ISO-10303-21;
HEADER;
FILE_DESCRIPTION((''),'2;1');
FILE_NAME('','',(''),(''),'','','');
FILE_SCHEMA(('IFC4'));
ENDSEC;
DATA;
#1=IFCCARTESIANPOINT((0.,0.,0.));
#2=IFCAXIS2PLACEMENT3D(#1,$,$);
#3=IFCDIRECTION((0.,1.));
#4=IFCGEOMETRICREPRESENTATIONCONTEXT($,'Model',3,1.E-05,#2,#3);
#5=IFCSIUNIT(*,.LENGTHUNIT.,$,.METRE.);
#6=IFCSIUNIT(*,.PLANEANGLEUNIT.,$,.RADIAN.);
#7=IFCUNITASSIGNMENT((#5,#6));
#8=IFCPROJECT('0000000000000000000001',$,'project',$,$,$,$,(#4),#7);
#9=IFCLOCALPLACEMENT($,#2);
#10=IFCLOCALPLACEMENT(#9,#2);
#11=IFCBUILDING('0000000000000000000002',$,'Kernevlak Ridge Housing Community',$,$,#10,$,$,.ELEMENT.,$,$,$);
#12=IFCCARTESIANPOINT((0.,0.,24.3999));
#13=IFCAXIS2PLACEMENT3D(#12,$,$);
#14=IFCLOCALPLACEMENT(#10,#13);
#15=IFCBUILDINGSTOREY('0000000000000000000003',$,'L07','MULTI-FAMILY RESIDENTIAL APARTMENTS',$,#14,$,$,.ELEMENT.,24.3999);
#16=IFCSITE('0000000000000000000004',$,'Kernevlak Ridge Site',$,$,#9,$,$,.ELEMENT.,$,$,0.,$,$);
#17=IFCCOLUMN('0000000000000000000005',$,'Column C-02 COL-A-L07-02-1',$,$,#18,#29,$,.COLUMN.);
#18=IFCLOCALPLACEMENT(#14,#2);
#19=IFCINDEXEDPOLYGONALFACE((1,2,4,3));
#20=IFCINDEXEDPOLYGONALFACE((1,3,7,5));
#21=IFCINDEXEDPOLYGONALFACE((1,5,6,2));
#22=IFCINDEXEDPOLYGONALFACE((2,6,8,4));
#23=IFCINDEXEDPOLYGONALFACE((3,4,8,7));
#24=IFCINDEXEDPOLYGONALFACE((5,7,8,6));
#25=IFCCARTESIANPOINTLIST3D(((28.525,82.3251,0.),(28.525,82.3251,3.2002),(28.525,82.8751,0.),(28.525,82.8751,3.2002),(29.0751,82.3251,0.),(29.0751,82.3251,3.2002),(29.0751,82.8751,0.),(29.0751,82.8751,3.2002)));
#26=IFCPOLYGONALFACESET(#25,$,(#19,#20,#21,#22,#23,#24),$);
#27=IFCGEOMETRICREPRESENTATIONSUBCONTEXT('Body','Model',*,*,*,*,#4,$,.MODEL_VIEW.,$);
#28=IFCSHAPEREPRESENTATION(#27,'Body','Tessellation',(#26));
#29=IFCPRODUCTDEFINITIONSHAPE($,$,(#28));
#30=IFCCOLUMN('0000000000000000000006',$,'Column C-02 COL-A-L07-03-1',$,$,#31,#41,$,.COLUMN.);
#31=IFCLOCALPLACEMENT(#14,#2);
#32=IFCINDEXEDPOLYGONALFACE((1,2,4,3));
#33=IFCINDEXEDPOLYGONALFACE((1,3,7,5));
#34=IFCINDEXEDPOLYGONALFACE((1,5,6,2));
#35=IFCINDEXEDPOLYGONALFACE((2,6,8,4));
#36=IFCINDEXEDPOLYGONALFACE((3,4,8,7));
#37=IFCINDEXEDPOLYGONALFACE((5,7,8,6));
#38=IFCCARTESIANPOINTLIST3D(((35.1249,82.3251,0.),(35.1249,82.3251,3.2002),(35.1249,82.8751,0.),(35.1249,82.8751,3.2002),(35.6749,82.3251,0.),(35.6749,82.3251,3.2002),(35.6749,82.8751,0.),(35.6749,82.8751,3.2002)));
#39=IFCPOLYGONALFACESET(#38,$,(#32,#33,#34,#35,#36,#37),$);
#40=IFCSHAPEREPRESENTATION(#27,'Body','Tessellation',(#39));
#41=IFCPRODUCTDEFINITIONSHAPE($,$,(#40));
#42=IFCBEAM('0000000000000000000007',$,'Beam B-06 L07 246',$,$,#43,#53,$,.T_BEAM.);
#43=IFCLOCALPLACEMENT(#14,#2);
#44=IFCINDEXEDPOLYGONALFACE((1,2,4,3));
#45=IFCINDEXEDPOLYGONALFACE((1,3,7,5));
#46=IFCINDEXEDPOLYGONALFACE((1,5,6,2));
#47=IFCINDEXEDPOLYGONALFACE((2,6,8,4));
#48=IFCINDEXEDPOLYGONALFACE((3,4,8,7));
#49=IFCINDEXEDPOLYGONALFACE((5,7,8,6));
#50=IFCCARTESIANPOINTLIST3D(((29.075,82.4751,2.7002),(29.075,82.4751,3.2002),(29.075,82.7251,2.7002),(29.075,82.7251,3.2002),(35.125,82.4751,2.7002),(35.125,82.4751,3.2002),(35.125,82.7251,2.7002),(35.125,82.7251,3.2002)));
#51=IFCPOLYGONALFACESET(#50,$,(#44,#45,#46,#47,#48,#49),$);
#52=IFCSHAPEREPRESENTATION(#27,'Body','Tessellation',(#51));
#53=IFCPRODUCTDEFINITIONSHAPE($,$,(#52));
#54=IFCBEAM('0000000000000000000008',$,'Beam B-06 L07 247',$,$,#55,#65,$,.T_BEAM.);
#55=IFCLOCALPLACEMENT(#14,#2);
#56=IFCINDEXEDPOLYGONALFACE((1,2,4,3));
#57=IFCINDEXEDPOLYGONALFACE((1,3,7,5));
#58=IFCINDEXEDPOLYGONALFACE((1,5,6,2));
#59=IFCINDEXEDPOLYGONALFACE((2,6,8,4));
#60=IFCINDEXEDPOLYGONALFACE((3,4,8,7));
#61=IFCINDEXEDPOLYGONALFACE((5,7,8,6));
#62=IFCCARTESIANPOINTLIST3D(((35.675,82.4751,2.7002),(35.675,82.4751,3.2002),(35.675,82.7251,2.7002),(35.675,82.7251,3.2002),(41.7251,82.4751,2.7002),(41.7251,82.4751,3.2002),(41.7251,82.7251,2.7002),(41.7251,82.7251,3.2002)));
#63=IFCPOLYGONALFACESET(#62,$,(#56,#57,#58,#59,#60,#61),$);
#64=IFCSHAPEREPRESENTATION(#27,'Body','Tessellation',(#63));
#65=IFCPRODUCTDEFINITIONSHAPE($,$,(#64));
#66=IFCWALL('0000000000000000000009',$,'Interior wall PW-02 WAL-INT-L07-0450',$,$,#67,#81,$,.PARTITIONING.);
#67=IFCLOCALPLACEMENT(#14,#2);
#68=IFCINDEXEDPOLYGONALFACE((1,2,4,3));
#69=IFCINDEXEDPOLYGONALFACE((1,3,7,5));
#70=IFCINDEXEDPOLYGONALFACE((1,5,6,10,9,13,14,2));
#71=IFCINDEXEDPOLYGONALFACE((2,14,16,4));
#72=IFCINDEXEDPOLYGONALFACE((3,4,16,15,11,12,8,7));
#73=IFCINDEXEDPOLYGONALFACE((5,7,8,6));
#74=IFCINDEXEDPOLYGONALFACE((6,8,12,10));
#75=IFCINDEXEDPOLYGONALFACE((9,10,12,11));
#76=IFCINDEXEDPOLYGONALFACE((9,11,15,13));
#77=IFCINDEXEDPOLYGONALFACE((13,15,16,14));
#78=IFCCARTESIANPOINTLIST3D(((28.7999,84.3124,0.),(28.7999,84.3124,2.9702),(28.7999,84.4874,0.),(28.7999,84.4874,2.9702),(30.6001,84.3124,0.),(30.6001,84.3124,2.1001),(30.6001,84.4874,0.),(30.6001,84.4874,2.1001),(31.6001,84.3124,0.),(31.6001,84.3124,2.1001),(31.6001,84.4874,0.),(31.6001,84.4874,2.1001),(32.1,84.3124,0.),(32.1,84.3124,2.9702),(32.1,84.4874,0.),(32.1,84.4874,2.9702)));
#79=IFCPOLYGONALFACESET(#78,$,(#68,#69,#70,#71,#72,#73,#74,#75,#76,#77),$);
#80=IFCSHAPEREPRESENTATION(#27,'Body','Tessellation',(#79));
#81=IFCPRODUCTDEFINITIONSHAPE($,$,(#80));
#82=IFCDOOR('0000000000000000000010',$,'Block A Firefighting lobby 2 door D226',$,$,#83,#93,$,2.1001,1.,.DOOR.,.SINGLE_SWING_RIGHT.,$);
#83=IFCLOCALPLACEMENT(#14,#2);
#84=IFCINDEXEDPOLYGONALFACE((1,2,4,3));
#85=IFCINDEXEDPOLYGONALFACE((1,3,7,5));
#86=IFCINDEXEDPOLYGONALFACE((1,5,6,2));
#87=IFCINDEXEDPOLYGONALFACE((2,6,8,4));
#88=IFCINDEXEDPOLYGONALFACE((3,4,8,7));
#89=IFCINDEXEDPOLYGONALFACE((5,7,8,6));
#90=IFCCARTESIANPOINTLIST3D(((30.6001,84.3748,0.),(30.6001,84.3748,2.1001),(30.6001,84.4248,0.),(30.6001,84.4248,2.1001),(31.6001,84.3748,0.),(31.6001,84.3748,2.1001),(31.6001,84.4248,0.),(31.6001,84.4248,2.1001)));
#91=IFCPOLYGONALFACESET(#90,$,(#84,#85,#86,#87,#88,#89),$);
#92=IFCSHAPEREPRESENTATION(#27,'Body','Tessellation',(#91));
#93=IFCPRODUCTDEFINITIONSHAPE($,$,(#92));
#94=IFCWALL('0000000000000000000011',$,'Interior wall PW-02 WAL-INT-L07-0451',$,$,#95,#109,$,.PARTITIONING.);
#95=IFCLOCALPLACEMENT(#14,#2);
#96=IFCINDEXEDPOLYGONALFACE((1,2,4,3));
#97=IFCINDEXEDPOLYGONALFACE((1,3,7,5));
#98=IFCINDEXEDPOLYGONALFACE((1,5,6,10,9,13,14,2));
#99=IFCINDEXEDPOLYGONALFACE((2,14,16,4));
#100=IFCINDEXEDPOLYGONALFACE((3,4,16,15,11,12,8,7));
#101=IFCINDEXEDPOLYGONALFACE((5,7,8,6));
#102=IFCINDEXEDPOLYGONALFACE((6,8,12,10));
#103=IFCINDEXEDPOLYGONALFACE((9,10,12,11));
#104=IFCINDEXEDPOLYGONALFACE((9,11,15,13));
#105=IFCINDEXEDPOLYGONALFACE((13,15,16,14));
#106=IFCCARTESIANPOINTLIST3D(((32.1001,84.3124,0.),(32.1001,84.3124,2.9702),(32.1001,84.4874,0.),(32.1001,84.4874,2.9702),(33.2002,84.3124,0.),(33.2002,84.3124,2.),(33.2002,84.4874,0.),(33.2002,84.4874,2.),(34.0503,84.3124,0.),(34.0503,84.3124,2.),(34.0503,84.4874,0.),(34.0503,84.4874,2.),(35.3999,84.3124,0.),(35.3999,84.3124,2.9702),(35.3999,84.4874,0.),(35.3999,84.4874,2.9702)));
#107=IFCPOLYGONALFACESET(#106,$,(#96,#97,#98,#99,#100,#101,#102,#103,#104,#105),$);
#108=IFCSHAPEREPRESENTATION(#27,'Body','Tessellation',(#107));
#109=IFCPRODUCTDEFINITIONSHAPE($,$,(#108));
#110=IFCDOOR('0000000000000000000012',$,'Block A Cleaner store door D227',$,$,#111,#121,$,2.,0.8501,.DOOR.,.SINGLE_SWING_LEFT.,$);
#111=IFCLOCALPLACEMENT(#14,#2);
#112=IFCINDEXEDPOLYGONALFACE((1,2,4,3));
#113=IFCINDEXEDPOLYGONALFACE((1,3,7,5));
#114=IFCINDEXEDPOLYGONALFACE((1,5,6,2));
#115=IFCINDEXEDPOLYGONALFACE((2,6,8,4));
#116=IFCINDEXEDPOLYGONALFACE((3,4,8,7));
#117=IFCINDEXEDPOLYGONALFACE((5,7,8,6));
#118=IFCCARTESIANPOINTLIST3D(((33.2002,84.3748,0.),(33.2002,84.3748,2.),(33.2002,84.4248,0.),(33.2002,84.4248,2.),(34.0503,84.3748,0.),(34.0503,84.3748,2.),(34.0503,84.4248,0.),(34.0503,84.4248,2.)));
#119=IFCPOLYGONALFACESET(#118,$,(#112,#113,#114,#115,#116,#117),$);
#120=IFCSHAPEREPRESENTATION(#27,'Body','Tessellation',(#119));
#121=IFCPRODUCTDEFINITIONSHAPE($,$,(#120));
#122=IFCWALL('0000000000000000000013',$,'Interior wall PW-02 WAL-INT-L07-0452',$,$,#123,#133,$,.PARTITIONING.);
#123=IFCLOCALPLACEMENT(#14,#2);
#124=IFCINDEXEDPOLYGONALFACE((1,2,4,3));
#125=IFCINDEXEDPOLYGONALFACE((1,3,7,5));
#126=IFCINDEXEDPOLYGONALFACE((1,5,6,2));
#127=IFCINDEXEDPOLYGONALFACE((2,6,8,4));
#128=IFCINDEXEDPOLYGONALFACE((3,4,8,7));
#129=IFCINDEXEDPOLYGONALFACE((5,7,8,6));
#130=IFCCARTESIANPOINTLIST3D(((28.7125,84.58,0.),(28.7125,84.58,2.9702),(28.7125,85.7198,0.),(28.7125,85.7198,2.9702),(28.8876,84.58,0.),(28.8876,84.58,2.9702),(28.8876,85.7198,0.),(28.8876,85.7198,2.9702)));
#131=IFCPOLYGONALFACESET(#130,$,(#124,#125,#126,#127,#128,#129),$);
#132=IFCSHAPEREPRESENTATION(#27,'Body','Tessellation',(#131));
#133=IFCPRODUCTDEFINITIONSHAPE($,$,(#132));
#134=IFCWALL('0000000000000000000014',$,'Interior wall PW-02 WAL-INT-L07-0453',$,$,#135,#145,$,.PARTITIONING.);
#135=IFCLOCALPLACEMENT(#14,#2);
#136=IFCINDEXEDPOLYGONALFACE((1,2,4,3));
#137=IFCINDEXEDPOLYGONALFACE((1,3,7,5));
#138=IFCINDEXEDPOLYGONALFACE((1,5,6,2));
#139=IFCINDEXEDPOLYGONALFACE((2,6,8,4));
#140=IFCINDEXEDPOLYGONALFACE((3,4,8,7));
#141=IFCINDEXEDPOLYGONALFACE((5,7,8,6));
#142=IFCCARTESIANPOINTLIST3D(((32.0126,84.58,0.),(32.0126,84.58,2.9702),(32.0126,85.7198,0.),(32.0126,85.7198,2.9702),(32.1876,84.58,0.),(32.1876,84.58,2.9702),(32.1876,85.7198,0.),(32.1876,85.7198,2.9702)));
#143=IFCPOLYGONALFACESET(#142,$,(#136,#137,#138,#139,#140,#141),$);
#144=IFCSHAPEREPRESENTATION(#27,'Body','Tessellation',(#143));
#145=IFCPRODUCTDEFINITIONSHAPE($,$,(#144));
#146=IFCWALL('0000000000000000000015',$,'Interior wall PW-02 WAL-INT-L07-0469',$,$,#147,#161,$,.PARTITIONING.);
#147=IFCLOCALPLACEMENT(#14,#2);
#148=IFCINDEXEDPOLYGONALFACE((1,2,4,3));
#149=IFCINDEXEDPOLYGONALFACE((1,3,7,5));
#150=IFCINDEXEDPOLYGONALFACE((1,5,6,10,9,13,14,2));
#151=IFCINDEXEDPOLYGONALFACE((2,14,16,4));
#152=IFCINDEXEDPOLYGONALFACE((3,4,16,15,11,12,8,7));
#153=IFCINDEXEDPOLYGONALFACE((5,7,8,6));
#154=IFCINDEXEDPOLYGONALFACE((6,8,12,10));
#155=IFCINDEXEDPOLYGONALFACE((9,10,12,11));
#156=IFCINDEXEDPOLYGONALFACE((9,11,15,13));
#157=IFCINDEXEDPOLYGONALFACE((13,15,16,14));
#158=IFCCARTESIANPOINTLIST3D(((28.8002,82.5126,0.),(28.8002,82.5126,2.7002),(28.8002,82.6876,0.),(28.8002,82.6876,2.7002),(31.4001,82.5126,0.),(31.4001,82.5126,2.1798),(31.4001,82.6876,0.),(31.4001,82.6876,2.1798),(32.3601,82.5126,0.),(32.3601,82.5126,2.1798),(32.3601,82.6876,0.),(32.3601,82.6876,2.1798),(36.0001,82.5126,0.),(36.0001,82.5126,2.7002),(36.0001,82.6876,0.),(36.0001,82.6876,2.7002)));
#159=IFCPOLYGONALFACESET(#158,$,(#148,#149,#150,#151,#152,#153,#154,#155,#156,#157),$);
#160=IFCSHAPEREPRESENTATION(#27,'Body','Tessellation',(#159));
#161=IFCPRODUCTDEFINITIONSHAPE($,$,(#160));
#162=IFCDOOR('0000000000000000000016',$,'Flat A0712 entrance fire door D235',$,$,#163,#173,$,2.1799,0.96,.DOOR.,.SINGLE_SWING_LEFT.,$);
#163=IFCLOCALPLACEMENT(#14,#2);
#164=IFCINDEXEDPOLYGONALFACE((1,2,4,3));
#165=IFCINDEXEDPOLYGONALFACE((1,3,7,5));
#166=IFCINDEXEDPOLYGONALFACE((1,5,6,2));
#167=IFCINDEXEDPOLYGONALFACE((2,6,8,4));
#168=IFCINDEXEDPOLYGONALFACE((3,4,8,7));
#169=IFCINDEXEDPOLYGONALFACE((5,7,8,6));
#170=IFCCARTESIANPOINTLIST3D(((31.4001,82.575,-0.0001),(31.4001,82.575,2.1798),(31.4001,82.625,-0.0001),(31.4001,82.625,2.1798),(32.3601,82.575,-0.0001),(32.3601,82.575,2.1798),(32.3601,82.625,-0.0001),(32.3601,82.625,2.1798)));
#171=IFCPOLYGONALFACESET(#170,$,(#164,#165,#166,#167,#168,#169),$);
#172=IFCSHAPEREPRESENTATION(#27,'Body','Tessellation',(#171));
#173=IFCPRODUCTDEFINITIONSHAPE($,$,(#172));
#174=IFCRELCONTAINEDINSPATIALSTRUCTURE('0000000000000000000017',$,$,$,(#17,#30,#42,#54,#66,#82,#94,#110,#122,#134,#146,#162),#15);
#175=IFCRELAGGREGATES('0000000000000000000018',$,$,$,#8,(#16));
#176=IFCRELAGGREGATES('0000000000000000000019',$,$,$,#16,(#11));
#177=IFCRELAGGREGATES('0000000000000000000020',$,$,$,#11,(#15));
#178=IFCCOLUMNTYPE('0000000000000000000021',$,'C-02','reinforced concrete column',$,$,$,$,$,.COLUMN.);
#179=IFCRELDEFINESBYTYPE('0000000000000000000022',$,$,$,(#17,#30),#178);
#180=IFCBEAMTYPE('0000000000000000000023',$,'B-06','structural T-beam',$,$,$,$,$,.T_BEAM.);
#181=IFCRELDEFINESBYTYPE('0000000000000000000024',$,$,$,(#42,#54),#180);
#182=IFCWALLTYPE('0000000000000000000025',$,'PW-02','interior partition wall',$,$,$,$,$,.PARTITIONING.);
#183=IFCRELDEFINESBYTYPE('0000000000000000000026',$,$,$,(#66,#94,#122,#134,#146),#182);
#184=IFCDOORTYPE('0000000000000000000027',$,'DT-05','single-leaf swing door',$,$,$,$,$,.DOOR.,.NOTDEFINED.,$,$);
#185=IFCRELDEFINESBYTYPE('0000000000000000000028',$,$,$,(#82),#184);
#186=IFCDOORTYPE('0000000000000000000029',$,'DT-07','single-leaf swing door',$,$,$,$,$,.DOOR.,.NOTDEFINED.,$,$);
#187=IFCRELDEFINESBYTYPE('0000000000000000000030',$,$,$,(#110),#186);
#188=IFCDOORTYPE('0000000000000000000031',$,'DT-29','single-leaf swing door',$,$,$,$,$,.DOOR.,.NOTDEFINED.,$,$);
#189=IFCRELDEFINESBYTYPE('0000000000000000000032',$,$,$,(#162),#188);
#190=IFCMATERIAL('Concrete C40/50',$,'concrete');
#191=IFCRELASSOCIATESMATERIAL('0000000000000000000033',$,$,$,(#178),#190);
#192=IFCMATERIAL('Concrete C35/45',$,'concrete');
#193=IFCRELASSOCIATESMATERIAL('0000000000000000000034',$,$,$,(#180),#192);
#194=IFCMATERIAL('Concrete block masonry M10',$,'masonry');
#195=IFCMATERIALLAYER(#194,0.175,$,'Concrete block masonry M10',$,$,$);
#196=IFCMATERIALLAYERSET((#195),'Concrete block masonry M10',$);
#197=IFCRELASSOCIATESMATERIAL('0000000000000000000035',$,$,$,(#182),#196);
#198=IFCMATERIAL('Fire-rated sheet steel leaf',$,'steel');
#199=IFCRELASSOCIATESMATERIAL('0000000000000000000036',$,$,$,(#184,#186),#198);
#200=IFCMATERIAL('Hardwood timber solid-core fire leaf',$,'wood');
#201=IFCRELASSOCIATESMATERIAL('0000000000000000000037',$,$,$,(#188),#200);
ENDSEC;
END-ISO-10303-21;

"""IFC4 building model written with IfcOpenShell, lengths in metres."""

from ifc_helpers import new_model, si_unit, direction, frame, frame_2d, origin, origin_2d, place, context, subcontext, project, spatial, rectangle, extrude, material, layer, layer_set, material_profile, profile_set, type_object, element, fill, save


model = new_model("IFC4")

# Units and contexts
model_context = context("Model", 3, precision=1e-05, world=origin(), true_north=direction((0.0, 1.0)))
body_context = subcontext(model_context, "Body", "Model", "MODEL_VIEW")
ifc_project = project(units=[si_unit("LENGTHUNIT", "METRE"), si_unit("PLANEANGLEUNIT", "RADIAN")], contexts=[model_context])

# Site, building, storey
site_placement = place(None, origin())
site = spatial("IfcSite", under=ifc_project, at=site_placement, Name="Kernevlak Ridge Site", CompositionType="ELEMENT", RefElevation=0.0)
building_placement = place(site_placement, origin())
building = spatial("IfcBuilding", under=site, at=building_placement, Name="Kernevlak Ridge Housing Community", CompositionType="ELEMENT")
storey_placement = place(building_placement, frame((0.0, 0.0, 24.3999)))
storey = spatial("IfcBuildingStorey", under=building, at=storey_placement, Name="L07", Description="MULTI-FAMILY RESIDENTIAL APARTMENTS", CompositionType="ELEMENT", Elevation=24.3999)

# Columns
ifc_material_1 = material(Name="Concrete C40/50", Category="concrete")
ifc_material_profile_1 = material_profile(ifc_material_1, rectangle(XDim=0.55, YDim=0.55, at=origin_2d()), Name="RC 550x550")
ifc_profile_set_1 = profile_set([ifc_material_profile_1], Name="Concrete C40/50")
column_type = type_object("IfcColumnType", Name="C-02", Description="reinforced concrete column", PredefinedType="COLUMN", material=ifc_profile_set_1)
for number, where, z_axis, x_axis, name in (
    (1, (28.8, 82.6001, 0.0), (0.0, 0.0, 1.0), (1.0, 0.0, 0.0), "Column C-02 COL-A-L07-02-1"),
    (2, (35.3999, 82.6001, 0.0), (0.0, 0.0, 1.0), (1.0, 0.0, 0.0), "Column C-02 COL-A-L07-03-1"),
):
    element("IfcColumn", number, at=place(storey_placement, frame(where, z_axis=z_axis, x_axis=x_axis)), inside=storey, type_object=column_type, Name=name, PredefinedType="COLUMN", context=body_context, shape_type="SweptSolid", body=[
        extrude(rectangle(XDim=0.55, YDim=0.55, at=origin_2d()), origin(), (0.0, 0.0, 1.0), 3.2002),
    ])

# Beams
ifc_material_2 = material(Name="Concrete C35/45", Category="concrete")
ifc_material_profile_2 = material_profile(ifc_material_2, rectangle(XDim=0.25, YDim=0.5, at=origin_2d()), Name="RC 250x500")
ifc_profile_set_2 = profile_set([ifc_material_profile_2], Name="Concrete C35/45")
beam_type = type_object("IfcBeamType", Name="B-06", Description="structural T-beam", PredefinedType="T_BEAM", material=ifc_profile_set_2)
for number, where, z_axis, x_axis, name in (
    (3, (29.075, 82.6001, 2.9502), (1.0, 0.0, 0.0), (0.0, 1.0, 0.0), "Beam B-06 L07 246"),
    (4, (35.675, 82.6001, 2.9502), (1.0, 0.0, 0.0), (0.0, 1.0, 0.0), "Beam B-06 L07 247"),
):
    element("IfcBeam", number, at=place(storey_placement, frame(where, z_axis=z_axis, x_axis=x_axis)), inside=storey, type_object=beam_type, Name=name, PredefinedType="T_BEAM", context=body_context, shape_type="SweptSolid", body=[
        extrude(rectangle(XDim=0.25, YDim=0.5, at=origin_2d()), origin(), (0.0, 0.0, 1.0), 6.05),
    ])

# Walls, openings, doors
ifc_material_3 = material(Name="Concrete block masonry M10", Category="masonry")
ifc_layer_1 = layer(ifc_material_3, 0.175, Name="Concrete block masonry M10")
ifc_layer_set_1 = layer_set([ifc_layer_1], Name="Concrete block masonry M10")
wall_type_1 = type_object("IfcWallType", Name="PW-02", Description="interior partition wall", PredefinedType="PARTITIONING", material=ifc_layer_set_1)
wall_1_placement = place(storey_placement, frame((28.8, 84.3999, 0.0), z_axis=(0.0, 0.0, 1.0), x_axis=(1.0, 0.0, 0.0)))
wall_1 = element("IfcWall", 5, at=wall_1_placement, inside=storey, type_object=wall_type_1, Name="Interior wall PW-02 WAL-INT-L07-0450", PredefinedType="PARTITIONING", context=body_context, shape_type="SweptSolid", body=[
    extrude(rectangle(XDim=3.3, YDim=0.175, at=frame_2d((1.6499, 0.0))), origin(), (0.0, 0.0, 1.0), 2.9702),
])
opening_1_placement = place(wall_1_placement, frame((1.8, 0.0, 0.0)))
opening_1 = element("IfcOpeningElement", 6, at=opening_1_placement, cuts=wall_1, PredefinedType="OPENING", context=body_context, shape_type="SweptSolid", body=[
    extrude(rectangle(XDim=1.0, YDim=2.1001, at=frame_2d((0.5, 1.05))), frame((0.0, 0.0974, 0.0), z_axis=(0.0, -1.0, 0.0), x_axis=(1.0, 0.0, 0.0)), (0.0, 0.0, 1.0), 0.1951),
])
ifc_material_4 = material(Name="Fire-rated sheet steel leaf", Category="steel")
door_type_1 = type_object("IfcDoorType", Name="DT-05", Description="single-leaf swing door", OperationType="NOTDEFINED", PredefinedType="DOOR", material=ifc_material_4)
door_1_placement = place(opening_1_placement, origin())
door_1 = element("IfcDoor", 7, at=door_1_placement, inside=storey, type_object=door_type_1, Name="Block A Firefighting lobby 2 door D226", OperationType="SINGLE_SWING_RIGHT", OverallHeight=2.1001, OverallWidth=1.0, PredefinedType="DOOR", context=body_context, shape_type="SweptSolid", body=[
    extrude(rectangle(XDim=1.0, YDim=2.1001, at=frame_2d((0.5, 1.05))), frame((0.0, 0.0249, 0.0), z_axis=(0.0, -1.0, 0.0), x_axis=(1.0, 0.0, 0.0)), (0.0, 0.0, 1.0), 0.05),
])
fill(opening_1, door_1)
wall_2_placement = place(storey_placement, frame((32.1001, 84.3999, 0.0), z_axis=(0.0, 0.0, 1.0), x_axis=(1.0, 0.0, 0.0)))
wall_2 = element("IfcWall", 8, at=wall_2_placement, inside=storey, type_object=wall_type_1, Name="Interior wall PW-02 WAL-INT-L07-0451", PredefinedType="PARTITIONING", context=body_context, shape_type="SweptSolid", body=[
    extrude(rectangle(XDim=3.2998, YDim=0.175, at=frame_2d((1.6499, 0.0))), origin(), (0.0, 0.0, 1.0), 2.9702),
])
opening_2_placement = place(wall_2_placement, frame((1.1001, 0.0, 0.0)))
opening_2 = element("IfcOpeningElement", 9, at=opening_2_placement, cuts=wall_2, PredefinedType="OPENING", context=body_context, shape_type="SweptSolid", body=[
    extrude(rectangle(XDim=0.8501, YDim=2.0, at=frame_2d((0.425, 1.0))), frame((0.0, 0.0974, 0.0), z_axis=(0.0, -1.0, 0.0), x_axis=(1.0, 0.0, 0.0)), (0.0, 0.0, 1.0), 0.1951),
])
door_type_2 = type_object("IfcDoorType", Name="DT-07", Description="single-leaf swing door", OperationType="NOTDEFINED", PredefinedType="DOOR", material=ifc_material_4)
door_2_placement = place(opening_2_placement, origin())
door_2 = element("IfcDoor", 10, at=door_2_placement, inside=storey, type_object=door_type_2, Name="Block A Cleaner store door D227", OperationType="SINGLE_SWING_LEFT", OverallHeight=2.0, OverallWidth=0.8501, PredefinedType="DOOR", context=body_context, shape_type="SweptSolid", body=[
    extrude(rectangle(XDim=0.8501, YDim=2.0, at=frame_2d((0.425, 1.0))), frame((0.0, 0.0249, 0.0), z_axis=(0.0, -1.0, 0.0), x_axis=(1.0, 0.0, 0.0)), (0.0, 0.0, 1.0), 0.05),
])
fill(opening_2, door_2)

# Walls
for number, where, z_axis, x_axis, name in (
    (11, (28.8, 84.5801, 0.0), (0.0, 0.0, 1.0), (0.0, 1.0, 0.0), "Interior wall PW-02 WAL-INT-L07-0452"),
    (12, (32.1001, 84.5801, 0.0), (0.0, 0.0, 1.0), (0.0, 1.0, 0.0), "Interior wall PW-02 WAL-INT-L07-0453"),
):
    element("IfcWall", number, at=place(storey_placement, frame(where, z_axis=z_axis, x_axis=x_axis)), inside=storey, type_object=wall_type_1, Name=name, PredefinedType="PARTITIONING", context=body_context, shape_type="SweptSolid", body=[
        extrude(rectangle(XDim=1.1399, YDim=0.175, at=frame_2d((0.5698, 0.0))), origin(), (0.0, 0.0, 1.0), 2.9702),
    ])

# Wall, opening, door
wall_3_placement = place(storey_placement, frame((28.8, 82.6001, 0.0), z_axis=(0.0, 0.0, 1.0), x_axis=(1.0, 0.0, 0.0)))
wall_3 = element("IfcWall", 13, at=wall_3_placement, inside=storey, type_object=wall_type_1, Name="Interior wall PW-02 WAL-INT-L07-0469", PredefinedType="PARTITIONING", context=body_context, shape_type="SweptSolid", body=[
    extrude(rectangle(XDim=7.2, YDim=0.175, at=frame_2d((3.6001, 0.0))), origin(), (0.0, 0.0, 1.0), 2.7002),
])
opening_3_placement = place(wall_3_placement, frame((2.6001, 0.0, 0.0)))
opening_3 = element("IfcOpeningElement", 14, at=opening_3_placement, cuts=wall_3, PredefinedType="OPENING", context=body_context, shape_type="SweptSolid", body=[
    extrude(rectangle(XDim=0.96, YDim=2.1799, at=frame_2d((0.48, 1.0898))), frame((0.0, 0.0974, 0.0), z_axis=(0.0, -1.0, 0.0), x_axis=(1.0, 0.0, 0.0)), (0.0, 0.0, 1.0), 0.1951),
])
ifc_material_5 = material(Name="Hardwood timber solid-core fire leaf", Category="wood")
door_type_3 = type_object("IfcDoorType", Name="DT-29", Description="single-leaf swing door", OperationType="NOTDEFINED", PredefinedType="DOOR", material=ifc_material_5)
door_3_placement = place(opening_3_placement, origin())
door_3 = element("IfcDoor", 15, at=door_3_placement, inside=storey, type_object=door_type_3, Name="Flat A0712 entrance fire door D235", OperationType="SINGLE_SWING_LEFT", OverallHeight=2.1799, OverallWidth=0.96, PredefinedType="DOOR", context=body_context, shape_type="SweptSolid", body=[
    extrude(rectangle(XDim=0.96, YDim=2.1799, at=frame_2d((0.48, 1.0898))), frame((0.0, 0.0249, 0.0), z_axis=(0.0, -1.0, 0.0), x_axis=(1.0, 0.0, 0.0)), (0.0, 0.0, 1.0), 0.05),
])
fill(opening_3, door_3)

save(model, "model.ifc")
